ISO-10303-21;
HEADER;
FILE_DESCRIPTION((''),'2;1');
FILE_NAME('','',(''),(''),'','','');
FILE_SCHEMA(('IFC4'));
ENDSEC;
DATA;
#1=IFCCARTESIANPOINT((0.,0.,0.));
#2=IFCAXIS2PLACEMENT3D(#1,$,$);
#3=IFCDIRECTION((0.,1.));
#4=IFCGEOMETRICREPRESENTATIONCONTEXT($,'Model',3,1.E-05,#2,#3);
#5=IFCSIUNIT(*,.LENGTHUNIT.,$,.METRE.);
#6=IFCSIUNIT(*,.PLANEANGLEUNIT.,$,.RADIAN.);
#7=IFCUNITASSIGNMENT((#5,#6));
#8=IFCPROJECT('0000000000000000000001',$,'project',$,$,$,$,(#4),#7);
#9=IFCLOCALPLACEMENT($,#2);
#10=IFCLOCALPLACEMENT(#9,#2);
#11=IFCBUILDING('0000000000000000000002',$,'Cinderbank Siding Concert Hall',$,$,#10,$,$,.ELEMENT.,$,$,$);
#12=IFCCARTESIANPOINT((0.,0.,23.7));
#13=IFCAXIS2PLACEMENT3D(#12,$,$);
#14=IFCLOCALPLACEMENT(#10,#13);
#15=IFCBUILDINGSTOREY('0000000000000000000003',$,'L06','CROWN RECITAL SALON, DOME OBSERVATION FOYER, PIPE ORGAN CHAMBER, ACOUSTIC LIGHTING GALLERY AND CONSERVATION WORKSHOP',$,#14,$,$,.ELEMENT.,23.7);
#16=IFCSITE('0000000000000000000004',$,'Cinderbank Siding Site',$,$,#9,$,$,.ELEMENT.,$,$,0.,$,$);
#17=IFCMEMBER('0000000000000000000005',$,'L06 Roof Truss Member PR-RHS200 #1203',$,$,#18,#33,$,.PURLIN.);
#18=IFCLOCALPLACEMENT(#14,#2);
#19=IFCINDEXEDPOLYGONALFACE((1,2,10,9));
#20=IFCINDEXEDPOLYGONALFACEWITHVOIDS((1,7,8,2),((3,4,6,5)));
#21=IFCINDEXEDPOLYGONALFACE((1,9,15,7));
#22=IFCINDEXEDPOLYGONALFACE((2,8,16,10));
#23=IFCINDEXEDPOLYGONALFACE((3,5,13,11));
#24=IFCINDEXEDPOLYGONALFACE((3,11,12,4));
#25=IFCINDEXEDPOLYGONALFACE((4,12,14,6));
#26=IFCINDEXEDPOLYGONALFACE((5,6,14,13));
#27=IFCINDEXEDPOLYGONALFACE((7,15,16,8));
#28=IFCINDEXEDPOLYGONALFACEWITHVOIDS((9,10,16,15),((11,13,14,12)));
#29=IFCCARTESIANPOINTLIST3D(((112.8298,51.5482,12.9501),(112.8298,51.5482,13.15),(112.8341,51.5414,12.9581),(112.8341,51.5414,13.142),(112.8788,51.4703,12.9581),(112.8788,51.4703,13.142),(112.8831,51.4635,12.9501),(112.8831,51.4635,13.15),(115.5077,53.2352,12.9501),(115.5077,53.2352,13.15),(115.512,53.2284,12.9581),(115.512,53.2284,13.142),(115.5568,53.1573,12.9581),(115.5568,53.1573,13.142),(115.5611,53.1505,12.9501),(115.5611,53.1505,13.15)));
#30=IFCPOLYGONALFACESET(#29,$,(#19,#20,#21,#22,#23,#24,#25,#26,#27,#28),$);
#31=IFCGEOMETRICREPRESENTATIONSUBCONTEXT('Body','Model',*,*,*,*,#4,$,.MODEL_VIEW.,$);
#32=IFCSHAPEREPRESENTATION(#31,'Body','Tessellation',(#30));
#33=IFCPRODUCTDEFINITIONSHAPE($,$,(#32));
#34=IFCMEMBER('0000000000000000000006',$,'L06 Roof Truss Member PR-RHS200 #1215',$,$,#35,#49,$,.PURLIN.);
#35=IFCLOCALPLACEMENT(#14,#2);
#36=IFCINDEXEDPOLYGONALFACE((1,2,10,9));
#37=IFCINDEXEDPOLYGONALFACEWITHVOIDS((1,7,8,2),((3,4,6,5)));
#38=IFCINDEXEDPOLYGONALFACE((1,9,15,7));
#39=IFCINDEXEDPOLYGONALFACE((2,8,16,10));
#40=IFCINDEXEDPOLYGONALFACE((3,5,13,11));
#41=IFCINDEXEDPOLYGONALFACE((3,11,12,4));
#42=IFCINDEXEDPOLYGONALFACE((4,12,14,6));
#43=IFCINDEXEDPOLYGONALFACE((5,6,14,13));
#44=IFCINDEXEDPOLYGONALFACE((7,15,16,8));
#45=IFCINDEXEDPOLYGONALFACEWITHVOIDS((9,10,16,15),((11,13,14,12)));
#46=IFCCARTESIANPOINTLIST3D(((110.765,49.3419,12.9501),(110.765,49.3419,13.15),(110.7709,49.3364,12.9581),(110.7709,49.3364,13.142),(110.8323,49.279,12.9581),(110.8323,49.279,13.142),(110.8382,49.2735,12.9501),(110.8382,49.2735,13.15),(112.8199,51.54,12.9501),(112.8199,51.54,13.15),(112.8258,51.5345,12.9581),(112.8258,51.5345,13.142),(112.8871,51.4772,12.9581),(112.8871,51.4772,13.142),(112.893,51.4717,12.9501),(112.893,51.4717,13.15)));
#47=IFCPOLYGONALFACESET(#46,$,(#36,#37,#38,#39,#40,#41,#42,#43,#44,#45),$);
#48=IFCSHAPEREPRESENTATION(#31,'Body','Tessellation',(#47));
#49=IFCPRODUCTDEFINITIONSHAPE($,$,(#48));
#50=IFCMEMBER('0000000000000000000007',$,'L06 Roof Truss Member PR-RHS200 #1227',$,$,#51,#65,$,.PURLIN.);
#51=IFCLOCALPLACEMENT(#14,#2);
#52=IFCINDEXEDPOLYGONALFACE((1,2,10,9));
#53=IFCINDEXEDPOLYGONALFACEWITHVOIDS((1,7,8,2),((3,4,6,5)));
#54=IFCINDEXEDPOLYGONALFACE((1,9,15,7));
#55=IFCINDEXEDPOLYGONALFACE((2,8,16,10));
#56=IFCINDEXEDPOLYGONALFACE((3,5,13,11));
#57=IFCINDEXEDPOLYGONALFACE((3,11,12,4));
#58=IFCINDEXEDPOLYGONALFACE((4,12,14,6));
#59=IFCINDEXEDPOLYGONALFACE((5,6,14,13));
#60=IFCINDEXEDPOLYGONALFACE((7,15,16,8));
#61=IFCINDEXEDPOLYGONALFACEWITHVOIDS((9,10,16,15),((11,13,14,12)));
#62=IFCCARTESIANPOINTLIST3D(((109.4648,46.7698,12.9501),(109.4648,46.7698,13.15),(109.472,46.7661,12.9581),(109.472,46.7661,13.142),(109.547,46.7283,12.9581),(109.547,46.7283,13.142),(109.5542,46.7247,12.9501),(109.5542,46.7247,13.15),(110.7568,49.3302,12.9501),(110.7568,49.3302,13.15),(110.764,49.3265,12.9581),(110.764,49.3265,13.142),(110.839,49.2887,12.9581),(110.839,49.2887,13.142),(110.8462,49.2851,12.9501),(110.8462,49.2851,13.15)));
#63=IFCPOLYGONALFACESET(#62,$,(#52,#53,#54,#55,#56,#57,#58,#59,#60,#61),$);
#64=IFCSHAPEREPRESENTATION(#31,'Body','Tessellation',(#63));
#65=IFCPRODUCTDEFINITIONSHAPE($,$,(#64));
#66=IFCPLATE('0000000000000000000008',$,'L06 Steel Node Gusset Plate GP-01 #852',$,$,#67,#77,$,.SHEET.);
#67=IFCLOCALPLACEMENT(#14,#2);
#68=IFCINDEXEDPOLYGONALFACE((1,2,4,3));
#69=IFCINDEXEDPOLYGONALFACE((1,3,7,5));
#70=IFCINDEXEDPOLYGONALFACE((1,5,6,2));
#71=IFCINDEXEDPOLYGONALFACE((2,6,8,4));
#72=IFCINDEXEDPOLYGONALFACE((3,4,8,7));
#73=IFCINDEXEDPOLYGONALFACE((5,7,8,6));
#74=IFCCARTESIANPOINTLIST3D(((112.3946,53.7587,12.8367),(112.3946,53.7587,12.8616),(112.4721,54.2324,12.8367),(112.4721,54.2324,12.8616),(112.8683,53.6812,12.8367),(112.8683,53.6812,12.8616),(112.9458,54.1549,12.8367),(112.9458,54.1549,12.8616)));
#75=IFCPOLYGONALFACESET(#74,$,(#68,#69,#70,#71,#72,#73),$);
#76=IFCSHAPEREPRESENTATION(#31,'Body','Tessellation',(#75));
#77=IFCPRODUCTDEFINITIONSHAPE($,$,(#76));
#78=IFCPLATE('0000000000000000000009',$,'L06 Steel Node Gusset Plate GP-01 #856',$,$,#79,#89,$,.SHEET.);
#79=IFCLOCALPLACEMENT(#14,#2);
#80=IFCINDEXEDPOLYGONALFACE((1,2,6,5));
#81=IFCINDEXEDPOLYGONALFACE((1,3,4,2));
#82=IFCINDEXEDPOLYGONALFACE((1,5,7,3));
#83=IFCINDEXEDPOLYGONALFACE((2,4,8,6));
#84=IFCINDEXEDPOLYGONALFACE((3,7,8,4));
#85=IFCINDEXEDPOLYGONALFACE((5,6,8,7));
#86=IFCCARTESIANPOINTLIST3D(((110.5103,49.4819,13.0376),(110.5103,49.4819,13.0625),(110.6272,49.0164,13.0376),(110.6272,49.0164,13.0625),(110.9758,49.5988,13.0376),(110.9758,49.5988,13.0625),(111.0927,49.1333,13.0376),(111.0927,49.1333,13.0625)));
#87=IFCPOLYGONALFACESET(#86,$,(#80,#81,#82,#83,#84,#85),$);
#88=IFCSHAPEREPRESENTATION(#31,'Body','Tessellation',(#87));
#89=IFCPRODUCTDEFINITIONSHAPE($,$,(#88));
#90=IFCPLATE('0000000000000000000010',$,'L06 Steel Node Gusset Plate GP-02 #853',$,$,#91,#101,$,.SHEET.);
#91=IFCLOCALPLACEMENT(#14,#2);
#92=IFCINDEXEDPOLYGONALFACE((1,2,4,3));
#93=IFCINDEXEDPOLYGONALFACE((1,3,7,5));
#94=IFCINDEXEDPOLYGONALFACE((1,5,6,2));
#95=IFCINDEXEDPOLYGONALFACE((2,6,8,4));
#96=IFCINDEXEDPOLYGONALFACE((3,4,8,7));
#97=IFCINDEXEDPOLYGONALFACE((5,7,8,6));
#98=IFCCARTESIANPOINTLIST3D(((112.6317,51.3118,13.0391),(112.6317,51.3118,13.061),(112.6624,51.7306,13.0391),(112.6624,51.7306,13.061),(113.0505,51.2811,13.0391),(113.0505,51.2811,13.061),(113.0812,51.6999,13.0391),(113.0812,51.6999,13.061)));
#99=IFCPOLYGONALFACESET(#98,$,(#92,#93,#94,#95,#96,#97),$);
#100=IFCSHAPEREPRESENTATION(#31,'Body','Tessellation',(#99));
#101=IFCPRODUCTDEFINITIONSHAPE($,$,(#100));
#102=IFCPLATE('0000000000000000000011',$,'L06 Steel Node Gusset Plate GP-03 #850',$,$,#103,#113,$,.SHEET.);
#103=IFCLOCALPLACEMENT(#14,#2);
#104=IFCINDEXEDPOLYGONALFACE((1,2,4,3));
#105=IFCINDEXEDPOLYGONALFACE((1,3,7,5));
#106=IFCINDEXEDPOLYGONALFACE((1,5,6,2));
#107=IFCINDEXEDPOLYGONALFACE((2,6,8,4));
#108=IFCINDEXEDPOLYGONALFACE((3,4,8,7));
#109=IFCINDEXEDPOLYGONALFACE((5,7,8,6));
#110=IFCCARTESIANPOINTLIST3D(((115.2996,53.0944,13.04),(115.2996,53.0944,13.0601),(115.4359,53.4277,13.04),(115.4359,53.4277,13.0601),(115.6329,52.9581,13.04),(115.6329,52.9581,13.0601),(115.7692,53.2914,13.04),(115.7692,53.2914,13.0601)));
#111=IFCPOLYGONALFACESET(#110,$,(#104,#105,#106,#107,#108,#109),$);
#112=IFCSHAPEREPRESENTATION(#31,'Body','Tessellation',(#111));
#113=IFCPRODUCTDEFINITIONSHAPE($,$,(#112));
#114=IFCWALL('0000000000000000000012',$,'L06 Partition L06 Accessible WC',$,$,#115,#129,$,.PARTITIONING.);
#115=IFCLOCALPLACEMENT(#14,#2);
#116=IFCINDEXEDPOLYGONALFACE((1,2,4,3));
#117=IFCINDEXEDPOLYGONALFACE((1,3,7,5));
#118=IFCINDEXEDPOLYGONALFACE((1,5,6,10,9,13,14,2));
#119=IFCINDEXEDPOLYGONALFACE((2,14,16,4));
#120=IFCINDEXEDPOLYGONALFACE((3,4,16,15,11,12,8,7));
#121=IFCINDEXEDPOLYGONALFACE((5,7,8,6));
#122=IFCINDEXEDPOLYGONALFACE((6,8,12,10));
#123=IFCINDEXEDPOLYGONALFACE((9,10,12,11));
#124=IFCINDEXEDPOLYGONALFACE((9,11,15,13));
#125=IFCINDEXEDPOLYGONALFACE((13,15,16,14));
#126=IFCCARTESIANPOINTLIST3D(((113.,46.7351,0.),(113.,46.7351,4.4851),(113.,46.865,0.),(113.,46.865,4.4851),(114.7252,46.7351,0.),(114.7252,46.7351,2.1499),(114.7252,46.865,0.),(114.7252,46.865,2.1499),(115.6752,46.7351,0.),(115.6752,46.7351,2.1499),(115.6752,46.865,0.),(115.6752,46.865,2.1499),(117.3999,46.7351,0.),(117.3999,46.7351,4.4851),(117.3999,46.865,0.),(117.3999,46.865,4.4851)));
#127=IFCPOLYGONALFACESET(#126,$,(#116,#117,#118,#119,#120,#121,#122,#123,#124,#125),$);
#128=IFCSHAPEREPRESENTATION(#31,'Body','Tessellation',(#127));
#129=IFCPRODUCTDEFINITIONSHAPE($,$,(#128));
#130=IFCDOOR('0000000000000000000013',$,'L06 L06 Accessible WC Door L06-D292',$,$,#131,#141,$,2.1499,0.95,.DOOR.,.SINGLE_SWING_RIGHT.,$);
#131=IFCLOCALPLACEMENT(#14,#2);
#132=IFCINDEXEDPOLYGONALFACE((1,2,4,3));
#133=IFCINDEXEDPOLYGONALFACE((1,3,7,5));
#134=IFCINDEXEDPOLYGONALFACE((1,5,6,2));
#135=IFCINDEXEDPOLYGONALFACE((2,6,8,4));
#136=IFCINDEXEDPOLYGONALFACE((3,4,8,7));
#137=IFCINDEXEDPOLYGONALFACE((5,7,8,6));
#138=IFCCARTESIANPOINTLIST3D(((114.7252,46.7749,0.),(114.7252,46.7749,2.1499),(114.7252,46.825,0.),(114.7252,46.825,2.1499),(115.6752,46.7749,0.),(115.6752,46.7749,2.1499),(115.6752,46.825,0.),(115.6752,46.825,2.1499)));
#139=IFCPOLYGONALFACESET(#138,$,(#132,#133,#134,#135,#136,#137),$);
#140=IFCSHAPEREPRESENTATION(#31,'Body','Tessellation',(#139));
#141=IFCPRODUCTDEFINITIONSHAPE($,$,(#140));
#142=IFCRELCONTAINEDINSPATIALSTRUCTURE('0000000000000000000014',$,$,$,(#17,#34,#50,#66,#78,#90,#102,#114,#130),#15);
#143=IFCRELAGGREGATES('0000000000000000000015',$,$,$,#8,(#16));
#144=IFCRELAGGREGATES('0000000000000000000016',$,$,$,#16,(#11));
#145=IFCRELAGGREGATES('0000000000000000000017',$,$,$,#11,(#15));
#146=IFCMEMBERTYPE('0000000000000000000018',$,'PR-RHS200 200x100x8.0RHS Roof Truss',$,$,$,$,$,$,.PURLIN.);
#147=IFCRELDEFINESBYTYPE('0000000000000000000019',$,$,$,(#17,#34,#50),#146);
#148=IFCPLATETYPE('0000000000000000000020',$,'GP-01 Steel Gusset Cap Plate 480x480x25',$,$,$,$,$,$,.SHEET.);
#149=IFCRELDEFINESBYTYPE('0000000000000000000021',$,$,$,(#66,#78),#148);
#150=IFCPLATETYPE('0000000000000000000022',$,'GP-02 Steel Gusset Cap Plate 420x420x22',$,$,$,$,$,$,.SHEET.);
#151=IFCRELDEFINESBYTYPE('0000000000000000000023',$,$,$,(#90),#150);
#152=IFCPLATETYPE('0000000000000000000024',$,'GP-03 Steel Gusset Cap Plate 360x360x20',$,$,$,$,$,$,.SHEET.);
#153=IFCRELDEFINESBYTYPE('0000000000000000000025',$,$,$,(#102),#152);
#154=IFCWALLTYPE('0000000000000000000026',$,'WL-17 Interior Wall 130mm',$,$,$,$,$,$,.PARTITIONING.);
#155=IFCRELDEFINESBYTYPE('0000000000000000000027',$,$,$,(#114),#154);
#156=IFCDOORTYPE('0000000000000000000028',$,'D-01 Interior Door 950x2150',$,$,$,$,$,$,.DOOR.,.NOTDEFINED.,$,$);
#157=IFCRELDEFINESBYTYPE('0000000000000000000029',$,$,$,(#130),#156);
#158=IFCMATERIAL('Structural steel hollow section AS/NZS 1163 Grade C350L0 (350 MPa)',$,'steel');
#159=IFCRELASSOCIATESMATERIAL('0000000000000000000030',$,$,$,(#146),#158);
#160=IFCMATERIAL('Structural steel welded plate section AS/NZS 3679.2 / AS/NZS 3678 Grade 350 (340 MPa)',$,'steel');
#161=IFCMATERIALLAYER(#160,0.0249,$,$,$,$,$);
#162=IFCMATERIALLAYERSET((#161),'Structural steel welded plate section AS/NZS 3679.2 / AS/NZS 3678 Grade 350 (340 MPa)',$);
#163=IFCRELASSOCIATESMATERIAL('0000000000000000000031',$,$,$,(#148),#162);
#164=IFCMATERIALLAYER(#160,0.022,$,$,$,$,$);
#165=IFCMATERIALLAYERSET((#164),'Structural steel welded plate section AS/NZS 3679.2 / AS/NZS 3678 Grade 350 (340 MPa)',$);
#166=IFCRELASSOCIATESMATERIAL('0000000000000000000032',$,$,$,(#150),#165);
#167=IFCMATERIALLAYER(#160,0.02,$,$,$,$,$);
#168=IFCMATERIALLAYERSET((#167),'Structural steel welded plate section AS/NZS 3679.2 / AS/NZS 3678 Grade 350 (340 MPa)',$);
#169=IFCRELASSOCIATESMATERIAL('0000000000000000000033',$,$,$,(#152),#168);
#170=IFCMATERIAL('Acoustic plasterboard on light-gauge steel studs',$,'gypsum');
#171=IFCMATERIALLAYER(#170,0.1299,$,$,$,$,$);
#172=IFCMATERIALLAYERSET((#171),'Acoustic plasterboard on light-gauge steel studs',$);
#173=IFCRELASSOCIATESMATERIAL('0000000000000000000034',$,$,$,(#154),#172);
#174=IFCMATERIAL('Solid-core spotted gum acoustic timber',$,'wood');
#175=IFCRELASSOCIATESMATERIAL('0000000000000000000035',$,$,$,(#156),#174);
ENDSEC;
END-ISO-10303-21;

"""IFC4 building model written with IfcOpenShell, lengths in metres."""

from ifc_helpers import new_model, si_unit, direction, frame, frame_2d, origin, origin_2d, place, context, subcontext, project, spatial, rectangle, hollow_rectangle, extrude, material, layer, layer_set, material_profile, profile_set, type_object, element, fill, save


model = new_model("IFC4")

# Units and contexts
model_context = context("Model", 3, precision=1e-05, world=origin(), true_north=direction((0.0, 1.0)))
body_context = subcontext(model_context, "Body", "Model", "MODEL_VIEW")
ifc_project = project(units=[si_unit("LENGTHUNIT", "METRE"), si_unit("PLANEANGLEUNIT", "RADIAN")], contexts=[model_context])

# Site, building, storey
site_placement = place(None, origin())
site = spatial("IfcSite", under=ifc_project, at=site_placement, Name="Cinderbank Siding Site", CompositionType="ELEMENT", RefElevation=0.0)
building_placement = place(site_placement, origin())
building = spatial("IfcBuilding", under=site, at=building_placement, Name="Cinderbank Siding Concert Hall", CompositionType="ELEMENT")
storey_placement = place(building_placement, frame((0.0, 0.0, 23.7)))
storey = spatial("IfcBuildingStorey", under=building, at=storey_placement, Name="L06", Description="CROWN RECITAL SALON, DOME OBSERVATION FOYER, PIPE ORGAN CHAMBER, ACOUSTIC LIGHTING GALLERY AND CONSERVATION WORKSHOP", CompositionType="ELEMENT", Elevation=23.7)

# Members
ifc_material_1 = material(Name="Structural steel hollow section AS/NZS 1163 Grade C350L0 (350 MPa)", Category="steel")
ifc_material_profile_1 = material_profile(ifc_material_1, hollow_rectangle(XDim=0.1001, YDim=0.2, WallThickness=0.0081, at=origin_2d()), Name="200x100x8.0RHS", Category="LoadBearing")
ifc_profile_set_1 = profile_set([ifc_material_profile_1], Name="Structural steel hollow section AS/NZS 1163 Grade C350L0 (350 MPa)")
member_type_1 = type_object("IfcMemberType", Name="PR-RHS200 200x100x8.0RHS Roof Truss", PredefinedType="PURLIN", material=ifc_profile_set_1)
member_1_placement = place(storey_placement, frame((115.5344, 53.1929, 13.05), z_axis=(-0.846108, -0.533012, 0.0), x_axis=(0.533012, -0.846108, 0.0)))
element("IfcMember", 1, at=member_1_placement, inside=storey, type_object=member_type_1, Name="L06 Roof Truss Member PR-RHS200 #1203", PredefinedType="PURLIN", context=body_context, shape_type="SweptSolid", body=[
    extrude(hollow_rectangle(XDim=0.1001, YDim=0.2, WallThickness=0.0081, at=origin_2d()), origin(), (0.0, 0.0, 1.0), 3.165),
])
member_2_placement = place(storey_placement, frame((112.8564, 51.5059, 13.05), z_axis=(-0.682893, -0.730518, 0.0), x_axis=(0.730518, -0.682893, 0.0)))
element("IfcMember", 2, at=member_2_placement, inside=storey, type_object=member_type_1, Name="L06 Roof Truss Member PR-RHS200 #1215", PredefinedType="PURLIN", context=body_context, shape_type="SweptSolid", body=[
    extrude(hollow_rectangle(XDim=0.1001, YDim=0.2, WallThickness=0.0081, at=origin_2d()), origin(), (0.0, 0.0, 1.0), 3.009),
])
member_3_placement = place(storey_placement, frame((110.8015, 49.3076, 13.05), z_axis=(-0.450514, -0.89277, 0.0), x_axis=(0.89277, -0.450514, 0.0)))
element("IfcMember", 3, at=member_3_placement, inside=storey, type_object=member_type_1, Name="L06 Roof Truss Member PR-RHS200 #1227", PredefinedType="PURLIN", context=body_context, shape_type="SweptSolid", body=[
    extrude(hollow_rectangle(XDim=0.1001, YDim=0.2, WallThickness=0.0081, at=origin_2d()), origin(), (0.0, 0.0, 1.0), 2.8679),
])

# Plates
ifc_material_2 = material(Name="Structural steel welded plate section AS/NZS 3679.2 / AS/NZS 3678 Grade 350 (340 MPa)", Category="steel")
ifc_layer_1 = layer(ifc_material_2, 0.0249)
ifc_layer_set_1 = layer_set([ifc_layer_1], Name="Structural steel welded plate section AS/NZS 3679.2 / AS/NZS 3678 Grade 350 (340 MPa)")
plate_type_1 = type_object("IfcPlateType", Name="GP-01 Steel Gusset Cap Plate 480x480x25", PredefinedType="SHEET", material=ifc_layer_set_1)
for number, where, z_axis, x_axis, name in (
    (4, (112.6702, 53.9568, 12.8367), (0.0, 0.0, 1.0), (0.986884, -0.161432, 0.0), "L06 Steel Node Gusset Plate GP-01 #852"),
    (5, (110.8015, 49.3076, 13.0376), (0.0, 0.0, 1.0), (0.243615, -0.969872, 0.0), "L06 Steel Node Gusset Plate GP-01 #856"),
):
    element("IfcPlate", number, at=place(storey_placement, frame(where, z_axis=z_axis, x_axis=x_axis)), inside=storey, type_object=plate_type_1, Name=name, PredefinedType="SHEET", context=body_context, shape_type="SweptSolid", body=[
        extrude(rectangle(XDim=0.48, YDim=0.48, at=origin_2d()), origin(), (0.0, 0.0, 1.0), 0.0249),
    ])
ifc_layer_2 = layer(ifc_material_2, 0.022)
ifc_layer_set_2 = layer_set([ifc_layer_2], Name="Structural steel welded plate section AS/NZS 3679.2 / AS/NZS 3678 Grade 350 (340 MPa)")
plate_type_2 = type_object("IfcPlateType", Name="GP-02 Steel Gusset Cap Plate 420x420x22", PredefinedType="SHEET", material=ifc_layer_set_2)
plate_1_placement = place(storey_placement, frame((112.8564, 51.5059, 13.0391), z_axis=(0.0, 0.0, 1.0), x_axis=(-0.073064, -0.997327, 0.0)))
element("IfcPlate", 6, at=plate_1_placement, inside=storey, type_object=plate_type_2, Name="L06 Steel Node Gusset Plate GP-02 #853", PredefinedType="SHEET", context=body_context, shape_type="SweptSolid", body=[
    extrude(rectangle(XDim=0.4199, YDim=0.4199, at=origin_2d()), origin(), (0.0, 0.0, 1.0), 0.022),
])
ifc_layer_3 = layer(ifc_material_2, 0.02)
ifc_layer_set_3 = layer_set([ifc_layer_3], Name="Structural steel welded plate section AS/NZS 3679.2 / AS/NZS 3678 Grade 350 (340 MPa)")
plate_type_3 = type_object("IfcPlateType", Name="GP-03 Steel Gusset Cap Plate 360x360x20", PredefinedType="SHEET", material=ifc_layer_set_3)
plate_2_placement = place(storey_placement, frame((115.5344, 53.1929, 13.04), z_axis=(0.0, 0.0, 1.0), x_axis=(-0.378487, -0.925607, 0.0)))
element("IfcPlate", 7, at=plate_2_placement, inside=storey, type_object=plate_type_3, Name="L06 Steel Node Gusset Plate GP-03 #850", PredefinedType="SHEET", context=body_context, shape_type="SweptSolid", body=[
    extrude(rectangle(XDim=0.3601, YDim=0.3601, at=origin_2d()), origin(), (0.0, 0.0, 1.0), 0.02),
])

# Wall, opening, door
ifc_material_3 = material(Name="Acoustic plasterboard on light-gauge steel studs", Category="gypsum")
ifc_layer_4 = layer(ifc_material_3, 0.1299)
ifc_layer_set_4 = layer_set([ifc_layer_4], Name="Acoustic plasterboard on light-gauge steel studs")
wall_type = type_object("IfcWallType", Name="WL-17 Interior Wall 130mm", PredefinedType="PARTITIONING", material=ifc_layer_set_4)
wall_placement = place(storey_placement, frame((113.0, 46.8, 0.0), z_axis=(0.0, 0.0, 1.0), x_axis=(1.0, 0.0, 0.0)))
wall = element("IfcWall", 8, at=wall_placement, inside=storey, type_object=wall_type, Name="L06 Partition L06 Accessible WC", PredefinedType="PARTITIONING", context=body_context, shape_type="SweptSolid", body=[
    extrude(rectangle(XDim=4.3999, YDim=0.1299, at=frame_2d((2.2, 0.0))), origin(), (0.0, 0.0, 1.0), 4.4851),
])
opening_placement = place(wall_placement, frame((1.7251, 0.0, 0.0)))
opening = element("IfcOpeningElement", 9, at=opening_placement, cuts=wall, PredefinedType="OPENING", context=body_context, shape_type="SweptSolid", body=[
    extrude(rectangle(XDim=0.95, YDim=2.1499, at=frame_2d((0.4751, 1.075))), frame((0.0, 0.0769, 0.0), z_axis=(0.0, -1.0, 0.0), x_axis=(1.0, 0.0, 0.0)), (0.0, 0.0, 1.0), 0.1538),
])
ifc_material_4 = material(Name="Solid-core spotted gum acoustic timber", Category="wood")
door_type = type_object("IfcDoorType", Name="D-01 Interior Door 950x2150", OperationType="NOTDEFINED", PredefinedType="DOOR", material=ifc_material_4)
door_placement = place(opening_placement, origin())
door = element("IfcDoor", 10, at=door_placement, inside=storey, type_object=door_type, Name="L06 L06 Accessible WC Door L06-D292", OperationType="SINGLE_SWING_RIGHT", OverallHeight=2.1499, OverallWidth=0.95, PredefinedType="DOOR", context=body_context, shape_type="SweptSolid", body=[
    extrude(rectangle(XDim=0.95, YDim=2.1499, at=frame_2d((0.4751, 1.075))), frame((0.0, 0.0249, 0.0), z_axis=(0.0, -1.0, 0.0), x_axis=(1.0, 0.0, 0.0)), (0.0, 0.0, 1.0), 0.05),
])
fill(opening, door)

save(model, "model.ifc")
